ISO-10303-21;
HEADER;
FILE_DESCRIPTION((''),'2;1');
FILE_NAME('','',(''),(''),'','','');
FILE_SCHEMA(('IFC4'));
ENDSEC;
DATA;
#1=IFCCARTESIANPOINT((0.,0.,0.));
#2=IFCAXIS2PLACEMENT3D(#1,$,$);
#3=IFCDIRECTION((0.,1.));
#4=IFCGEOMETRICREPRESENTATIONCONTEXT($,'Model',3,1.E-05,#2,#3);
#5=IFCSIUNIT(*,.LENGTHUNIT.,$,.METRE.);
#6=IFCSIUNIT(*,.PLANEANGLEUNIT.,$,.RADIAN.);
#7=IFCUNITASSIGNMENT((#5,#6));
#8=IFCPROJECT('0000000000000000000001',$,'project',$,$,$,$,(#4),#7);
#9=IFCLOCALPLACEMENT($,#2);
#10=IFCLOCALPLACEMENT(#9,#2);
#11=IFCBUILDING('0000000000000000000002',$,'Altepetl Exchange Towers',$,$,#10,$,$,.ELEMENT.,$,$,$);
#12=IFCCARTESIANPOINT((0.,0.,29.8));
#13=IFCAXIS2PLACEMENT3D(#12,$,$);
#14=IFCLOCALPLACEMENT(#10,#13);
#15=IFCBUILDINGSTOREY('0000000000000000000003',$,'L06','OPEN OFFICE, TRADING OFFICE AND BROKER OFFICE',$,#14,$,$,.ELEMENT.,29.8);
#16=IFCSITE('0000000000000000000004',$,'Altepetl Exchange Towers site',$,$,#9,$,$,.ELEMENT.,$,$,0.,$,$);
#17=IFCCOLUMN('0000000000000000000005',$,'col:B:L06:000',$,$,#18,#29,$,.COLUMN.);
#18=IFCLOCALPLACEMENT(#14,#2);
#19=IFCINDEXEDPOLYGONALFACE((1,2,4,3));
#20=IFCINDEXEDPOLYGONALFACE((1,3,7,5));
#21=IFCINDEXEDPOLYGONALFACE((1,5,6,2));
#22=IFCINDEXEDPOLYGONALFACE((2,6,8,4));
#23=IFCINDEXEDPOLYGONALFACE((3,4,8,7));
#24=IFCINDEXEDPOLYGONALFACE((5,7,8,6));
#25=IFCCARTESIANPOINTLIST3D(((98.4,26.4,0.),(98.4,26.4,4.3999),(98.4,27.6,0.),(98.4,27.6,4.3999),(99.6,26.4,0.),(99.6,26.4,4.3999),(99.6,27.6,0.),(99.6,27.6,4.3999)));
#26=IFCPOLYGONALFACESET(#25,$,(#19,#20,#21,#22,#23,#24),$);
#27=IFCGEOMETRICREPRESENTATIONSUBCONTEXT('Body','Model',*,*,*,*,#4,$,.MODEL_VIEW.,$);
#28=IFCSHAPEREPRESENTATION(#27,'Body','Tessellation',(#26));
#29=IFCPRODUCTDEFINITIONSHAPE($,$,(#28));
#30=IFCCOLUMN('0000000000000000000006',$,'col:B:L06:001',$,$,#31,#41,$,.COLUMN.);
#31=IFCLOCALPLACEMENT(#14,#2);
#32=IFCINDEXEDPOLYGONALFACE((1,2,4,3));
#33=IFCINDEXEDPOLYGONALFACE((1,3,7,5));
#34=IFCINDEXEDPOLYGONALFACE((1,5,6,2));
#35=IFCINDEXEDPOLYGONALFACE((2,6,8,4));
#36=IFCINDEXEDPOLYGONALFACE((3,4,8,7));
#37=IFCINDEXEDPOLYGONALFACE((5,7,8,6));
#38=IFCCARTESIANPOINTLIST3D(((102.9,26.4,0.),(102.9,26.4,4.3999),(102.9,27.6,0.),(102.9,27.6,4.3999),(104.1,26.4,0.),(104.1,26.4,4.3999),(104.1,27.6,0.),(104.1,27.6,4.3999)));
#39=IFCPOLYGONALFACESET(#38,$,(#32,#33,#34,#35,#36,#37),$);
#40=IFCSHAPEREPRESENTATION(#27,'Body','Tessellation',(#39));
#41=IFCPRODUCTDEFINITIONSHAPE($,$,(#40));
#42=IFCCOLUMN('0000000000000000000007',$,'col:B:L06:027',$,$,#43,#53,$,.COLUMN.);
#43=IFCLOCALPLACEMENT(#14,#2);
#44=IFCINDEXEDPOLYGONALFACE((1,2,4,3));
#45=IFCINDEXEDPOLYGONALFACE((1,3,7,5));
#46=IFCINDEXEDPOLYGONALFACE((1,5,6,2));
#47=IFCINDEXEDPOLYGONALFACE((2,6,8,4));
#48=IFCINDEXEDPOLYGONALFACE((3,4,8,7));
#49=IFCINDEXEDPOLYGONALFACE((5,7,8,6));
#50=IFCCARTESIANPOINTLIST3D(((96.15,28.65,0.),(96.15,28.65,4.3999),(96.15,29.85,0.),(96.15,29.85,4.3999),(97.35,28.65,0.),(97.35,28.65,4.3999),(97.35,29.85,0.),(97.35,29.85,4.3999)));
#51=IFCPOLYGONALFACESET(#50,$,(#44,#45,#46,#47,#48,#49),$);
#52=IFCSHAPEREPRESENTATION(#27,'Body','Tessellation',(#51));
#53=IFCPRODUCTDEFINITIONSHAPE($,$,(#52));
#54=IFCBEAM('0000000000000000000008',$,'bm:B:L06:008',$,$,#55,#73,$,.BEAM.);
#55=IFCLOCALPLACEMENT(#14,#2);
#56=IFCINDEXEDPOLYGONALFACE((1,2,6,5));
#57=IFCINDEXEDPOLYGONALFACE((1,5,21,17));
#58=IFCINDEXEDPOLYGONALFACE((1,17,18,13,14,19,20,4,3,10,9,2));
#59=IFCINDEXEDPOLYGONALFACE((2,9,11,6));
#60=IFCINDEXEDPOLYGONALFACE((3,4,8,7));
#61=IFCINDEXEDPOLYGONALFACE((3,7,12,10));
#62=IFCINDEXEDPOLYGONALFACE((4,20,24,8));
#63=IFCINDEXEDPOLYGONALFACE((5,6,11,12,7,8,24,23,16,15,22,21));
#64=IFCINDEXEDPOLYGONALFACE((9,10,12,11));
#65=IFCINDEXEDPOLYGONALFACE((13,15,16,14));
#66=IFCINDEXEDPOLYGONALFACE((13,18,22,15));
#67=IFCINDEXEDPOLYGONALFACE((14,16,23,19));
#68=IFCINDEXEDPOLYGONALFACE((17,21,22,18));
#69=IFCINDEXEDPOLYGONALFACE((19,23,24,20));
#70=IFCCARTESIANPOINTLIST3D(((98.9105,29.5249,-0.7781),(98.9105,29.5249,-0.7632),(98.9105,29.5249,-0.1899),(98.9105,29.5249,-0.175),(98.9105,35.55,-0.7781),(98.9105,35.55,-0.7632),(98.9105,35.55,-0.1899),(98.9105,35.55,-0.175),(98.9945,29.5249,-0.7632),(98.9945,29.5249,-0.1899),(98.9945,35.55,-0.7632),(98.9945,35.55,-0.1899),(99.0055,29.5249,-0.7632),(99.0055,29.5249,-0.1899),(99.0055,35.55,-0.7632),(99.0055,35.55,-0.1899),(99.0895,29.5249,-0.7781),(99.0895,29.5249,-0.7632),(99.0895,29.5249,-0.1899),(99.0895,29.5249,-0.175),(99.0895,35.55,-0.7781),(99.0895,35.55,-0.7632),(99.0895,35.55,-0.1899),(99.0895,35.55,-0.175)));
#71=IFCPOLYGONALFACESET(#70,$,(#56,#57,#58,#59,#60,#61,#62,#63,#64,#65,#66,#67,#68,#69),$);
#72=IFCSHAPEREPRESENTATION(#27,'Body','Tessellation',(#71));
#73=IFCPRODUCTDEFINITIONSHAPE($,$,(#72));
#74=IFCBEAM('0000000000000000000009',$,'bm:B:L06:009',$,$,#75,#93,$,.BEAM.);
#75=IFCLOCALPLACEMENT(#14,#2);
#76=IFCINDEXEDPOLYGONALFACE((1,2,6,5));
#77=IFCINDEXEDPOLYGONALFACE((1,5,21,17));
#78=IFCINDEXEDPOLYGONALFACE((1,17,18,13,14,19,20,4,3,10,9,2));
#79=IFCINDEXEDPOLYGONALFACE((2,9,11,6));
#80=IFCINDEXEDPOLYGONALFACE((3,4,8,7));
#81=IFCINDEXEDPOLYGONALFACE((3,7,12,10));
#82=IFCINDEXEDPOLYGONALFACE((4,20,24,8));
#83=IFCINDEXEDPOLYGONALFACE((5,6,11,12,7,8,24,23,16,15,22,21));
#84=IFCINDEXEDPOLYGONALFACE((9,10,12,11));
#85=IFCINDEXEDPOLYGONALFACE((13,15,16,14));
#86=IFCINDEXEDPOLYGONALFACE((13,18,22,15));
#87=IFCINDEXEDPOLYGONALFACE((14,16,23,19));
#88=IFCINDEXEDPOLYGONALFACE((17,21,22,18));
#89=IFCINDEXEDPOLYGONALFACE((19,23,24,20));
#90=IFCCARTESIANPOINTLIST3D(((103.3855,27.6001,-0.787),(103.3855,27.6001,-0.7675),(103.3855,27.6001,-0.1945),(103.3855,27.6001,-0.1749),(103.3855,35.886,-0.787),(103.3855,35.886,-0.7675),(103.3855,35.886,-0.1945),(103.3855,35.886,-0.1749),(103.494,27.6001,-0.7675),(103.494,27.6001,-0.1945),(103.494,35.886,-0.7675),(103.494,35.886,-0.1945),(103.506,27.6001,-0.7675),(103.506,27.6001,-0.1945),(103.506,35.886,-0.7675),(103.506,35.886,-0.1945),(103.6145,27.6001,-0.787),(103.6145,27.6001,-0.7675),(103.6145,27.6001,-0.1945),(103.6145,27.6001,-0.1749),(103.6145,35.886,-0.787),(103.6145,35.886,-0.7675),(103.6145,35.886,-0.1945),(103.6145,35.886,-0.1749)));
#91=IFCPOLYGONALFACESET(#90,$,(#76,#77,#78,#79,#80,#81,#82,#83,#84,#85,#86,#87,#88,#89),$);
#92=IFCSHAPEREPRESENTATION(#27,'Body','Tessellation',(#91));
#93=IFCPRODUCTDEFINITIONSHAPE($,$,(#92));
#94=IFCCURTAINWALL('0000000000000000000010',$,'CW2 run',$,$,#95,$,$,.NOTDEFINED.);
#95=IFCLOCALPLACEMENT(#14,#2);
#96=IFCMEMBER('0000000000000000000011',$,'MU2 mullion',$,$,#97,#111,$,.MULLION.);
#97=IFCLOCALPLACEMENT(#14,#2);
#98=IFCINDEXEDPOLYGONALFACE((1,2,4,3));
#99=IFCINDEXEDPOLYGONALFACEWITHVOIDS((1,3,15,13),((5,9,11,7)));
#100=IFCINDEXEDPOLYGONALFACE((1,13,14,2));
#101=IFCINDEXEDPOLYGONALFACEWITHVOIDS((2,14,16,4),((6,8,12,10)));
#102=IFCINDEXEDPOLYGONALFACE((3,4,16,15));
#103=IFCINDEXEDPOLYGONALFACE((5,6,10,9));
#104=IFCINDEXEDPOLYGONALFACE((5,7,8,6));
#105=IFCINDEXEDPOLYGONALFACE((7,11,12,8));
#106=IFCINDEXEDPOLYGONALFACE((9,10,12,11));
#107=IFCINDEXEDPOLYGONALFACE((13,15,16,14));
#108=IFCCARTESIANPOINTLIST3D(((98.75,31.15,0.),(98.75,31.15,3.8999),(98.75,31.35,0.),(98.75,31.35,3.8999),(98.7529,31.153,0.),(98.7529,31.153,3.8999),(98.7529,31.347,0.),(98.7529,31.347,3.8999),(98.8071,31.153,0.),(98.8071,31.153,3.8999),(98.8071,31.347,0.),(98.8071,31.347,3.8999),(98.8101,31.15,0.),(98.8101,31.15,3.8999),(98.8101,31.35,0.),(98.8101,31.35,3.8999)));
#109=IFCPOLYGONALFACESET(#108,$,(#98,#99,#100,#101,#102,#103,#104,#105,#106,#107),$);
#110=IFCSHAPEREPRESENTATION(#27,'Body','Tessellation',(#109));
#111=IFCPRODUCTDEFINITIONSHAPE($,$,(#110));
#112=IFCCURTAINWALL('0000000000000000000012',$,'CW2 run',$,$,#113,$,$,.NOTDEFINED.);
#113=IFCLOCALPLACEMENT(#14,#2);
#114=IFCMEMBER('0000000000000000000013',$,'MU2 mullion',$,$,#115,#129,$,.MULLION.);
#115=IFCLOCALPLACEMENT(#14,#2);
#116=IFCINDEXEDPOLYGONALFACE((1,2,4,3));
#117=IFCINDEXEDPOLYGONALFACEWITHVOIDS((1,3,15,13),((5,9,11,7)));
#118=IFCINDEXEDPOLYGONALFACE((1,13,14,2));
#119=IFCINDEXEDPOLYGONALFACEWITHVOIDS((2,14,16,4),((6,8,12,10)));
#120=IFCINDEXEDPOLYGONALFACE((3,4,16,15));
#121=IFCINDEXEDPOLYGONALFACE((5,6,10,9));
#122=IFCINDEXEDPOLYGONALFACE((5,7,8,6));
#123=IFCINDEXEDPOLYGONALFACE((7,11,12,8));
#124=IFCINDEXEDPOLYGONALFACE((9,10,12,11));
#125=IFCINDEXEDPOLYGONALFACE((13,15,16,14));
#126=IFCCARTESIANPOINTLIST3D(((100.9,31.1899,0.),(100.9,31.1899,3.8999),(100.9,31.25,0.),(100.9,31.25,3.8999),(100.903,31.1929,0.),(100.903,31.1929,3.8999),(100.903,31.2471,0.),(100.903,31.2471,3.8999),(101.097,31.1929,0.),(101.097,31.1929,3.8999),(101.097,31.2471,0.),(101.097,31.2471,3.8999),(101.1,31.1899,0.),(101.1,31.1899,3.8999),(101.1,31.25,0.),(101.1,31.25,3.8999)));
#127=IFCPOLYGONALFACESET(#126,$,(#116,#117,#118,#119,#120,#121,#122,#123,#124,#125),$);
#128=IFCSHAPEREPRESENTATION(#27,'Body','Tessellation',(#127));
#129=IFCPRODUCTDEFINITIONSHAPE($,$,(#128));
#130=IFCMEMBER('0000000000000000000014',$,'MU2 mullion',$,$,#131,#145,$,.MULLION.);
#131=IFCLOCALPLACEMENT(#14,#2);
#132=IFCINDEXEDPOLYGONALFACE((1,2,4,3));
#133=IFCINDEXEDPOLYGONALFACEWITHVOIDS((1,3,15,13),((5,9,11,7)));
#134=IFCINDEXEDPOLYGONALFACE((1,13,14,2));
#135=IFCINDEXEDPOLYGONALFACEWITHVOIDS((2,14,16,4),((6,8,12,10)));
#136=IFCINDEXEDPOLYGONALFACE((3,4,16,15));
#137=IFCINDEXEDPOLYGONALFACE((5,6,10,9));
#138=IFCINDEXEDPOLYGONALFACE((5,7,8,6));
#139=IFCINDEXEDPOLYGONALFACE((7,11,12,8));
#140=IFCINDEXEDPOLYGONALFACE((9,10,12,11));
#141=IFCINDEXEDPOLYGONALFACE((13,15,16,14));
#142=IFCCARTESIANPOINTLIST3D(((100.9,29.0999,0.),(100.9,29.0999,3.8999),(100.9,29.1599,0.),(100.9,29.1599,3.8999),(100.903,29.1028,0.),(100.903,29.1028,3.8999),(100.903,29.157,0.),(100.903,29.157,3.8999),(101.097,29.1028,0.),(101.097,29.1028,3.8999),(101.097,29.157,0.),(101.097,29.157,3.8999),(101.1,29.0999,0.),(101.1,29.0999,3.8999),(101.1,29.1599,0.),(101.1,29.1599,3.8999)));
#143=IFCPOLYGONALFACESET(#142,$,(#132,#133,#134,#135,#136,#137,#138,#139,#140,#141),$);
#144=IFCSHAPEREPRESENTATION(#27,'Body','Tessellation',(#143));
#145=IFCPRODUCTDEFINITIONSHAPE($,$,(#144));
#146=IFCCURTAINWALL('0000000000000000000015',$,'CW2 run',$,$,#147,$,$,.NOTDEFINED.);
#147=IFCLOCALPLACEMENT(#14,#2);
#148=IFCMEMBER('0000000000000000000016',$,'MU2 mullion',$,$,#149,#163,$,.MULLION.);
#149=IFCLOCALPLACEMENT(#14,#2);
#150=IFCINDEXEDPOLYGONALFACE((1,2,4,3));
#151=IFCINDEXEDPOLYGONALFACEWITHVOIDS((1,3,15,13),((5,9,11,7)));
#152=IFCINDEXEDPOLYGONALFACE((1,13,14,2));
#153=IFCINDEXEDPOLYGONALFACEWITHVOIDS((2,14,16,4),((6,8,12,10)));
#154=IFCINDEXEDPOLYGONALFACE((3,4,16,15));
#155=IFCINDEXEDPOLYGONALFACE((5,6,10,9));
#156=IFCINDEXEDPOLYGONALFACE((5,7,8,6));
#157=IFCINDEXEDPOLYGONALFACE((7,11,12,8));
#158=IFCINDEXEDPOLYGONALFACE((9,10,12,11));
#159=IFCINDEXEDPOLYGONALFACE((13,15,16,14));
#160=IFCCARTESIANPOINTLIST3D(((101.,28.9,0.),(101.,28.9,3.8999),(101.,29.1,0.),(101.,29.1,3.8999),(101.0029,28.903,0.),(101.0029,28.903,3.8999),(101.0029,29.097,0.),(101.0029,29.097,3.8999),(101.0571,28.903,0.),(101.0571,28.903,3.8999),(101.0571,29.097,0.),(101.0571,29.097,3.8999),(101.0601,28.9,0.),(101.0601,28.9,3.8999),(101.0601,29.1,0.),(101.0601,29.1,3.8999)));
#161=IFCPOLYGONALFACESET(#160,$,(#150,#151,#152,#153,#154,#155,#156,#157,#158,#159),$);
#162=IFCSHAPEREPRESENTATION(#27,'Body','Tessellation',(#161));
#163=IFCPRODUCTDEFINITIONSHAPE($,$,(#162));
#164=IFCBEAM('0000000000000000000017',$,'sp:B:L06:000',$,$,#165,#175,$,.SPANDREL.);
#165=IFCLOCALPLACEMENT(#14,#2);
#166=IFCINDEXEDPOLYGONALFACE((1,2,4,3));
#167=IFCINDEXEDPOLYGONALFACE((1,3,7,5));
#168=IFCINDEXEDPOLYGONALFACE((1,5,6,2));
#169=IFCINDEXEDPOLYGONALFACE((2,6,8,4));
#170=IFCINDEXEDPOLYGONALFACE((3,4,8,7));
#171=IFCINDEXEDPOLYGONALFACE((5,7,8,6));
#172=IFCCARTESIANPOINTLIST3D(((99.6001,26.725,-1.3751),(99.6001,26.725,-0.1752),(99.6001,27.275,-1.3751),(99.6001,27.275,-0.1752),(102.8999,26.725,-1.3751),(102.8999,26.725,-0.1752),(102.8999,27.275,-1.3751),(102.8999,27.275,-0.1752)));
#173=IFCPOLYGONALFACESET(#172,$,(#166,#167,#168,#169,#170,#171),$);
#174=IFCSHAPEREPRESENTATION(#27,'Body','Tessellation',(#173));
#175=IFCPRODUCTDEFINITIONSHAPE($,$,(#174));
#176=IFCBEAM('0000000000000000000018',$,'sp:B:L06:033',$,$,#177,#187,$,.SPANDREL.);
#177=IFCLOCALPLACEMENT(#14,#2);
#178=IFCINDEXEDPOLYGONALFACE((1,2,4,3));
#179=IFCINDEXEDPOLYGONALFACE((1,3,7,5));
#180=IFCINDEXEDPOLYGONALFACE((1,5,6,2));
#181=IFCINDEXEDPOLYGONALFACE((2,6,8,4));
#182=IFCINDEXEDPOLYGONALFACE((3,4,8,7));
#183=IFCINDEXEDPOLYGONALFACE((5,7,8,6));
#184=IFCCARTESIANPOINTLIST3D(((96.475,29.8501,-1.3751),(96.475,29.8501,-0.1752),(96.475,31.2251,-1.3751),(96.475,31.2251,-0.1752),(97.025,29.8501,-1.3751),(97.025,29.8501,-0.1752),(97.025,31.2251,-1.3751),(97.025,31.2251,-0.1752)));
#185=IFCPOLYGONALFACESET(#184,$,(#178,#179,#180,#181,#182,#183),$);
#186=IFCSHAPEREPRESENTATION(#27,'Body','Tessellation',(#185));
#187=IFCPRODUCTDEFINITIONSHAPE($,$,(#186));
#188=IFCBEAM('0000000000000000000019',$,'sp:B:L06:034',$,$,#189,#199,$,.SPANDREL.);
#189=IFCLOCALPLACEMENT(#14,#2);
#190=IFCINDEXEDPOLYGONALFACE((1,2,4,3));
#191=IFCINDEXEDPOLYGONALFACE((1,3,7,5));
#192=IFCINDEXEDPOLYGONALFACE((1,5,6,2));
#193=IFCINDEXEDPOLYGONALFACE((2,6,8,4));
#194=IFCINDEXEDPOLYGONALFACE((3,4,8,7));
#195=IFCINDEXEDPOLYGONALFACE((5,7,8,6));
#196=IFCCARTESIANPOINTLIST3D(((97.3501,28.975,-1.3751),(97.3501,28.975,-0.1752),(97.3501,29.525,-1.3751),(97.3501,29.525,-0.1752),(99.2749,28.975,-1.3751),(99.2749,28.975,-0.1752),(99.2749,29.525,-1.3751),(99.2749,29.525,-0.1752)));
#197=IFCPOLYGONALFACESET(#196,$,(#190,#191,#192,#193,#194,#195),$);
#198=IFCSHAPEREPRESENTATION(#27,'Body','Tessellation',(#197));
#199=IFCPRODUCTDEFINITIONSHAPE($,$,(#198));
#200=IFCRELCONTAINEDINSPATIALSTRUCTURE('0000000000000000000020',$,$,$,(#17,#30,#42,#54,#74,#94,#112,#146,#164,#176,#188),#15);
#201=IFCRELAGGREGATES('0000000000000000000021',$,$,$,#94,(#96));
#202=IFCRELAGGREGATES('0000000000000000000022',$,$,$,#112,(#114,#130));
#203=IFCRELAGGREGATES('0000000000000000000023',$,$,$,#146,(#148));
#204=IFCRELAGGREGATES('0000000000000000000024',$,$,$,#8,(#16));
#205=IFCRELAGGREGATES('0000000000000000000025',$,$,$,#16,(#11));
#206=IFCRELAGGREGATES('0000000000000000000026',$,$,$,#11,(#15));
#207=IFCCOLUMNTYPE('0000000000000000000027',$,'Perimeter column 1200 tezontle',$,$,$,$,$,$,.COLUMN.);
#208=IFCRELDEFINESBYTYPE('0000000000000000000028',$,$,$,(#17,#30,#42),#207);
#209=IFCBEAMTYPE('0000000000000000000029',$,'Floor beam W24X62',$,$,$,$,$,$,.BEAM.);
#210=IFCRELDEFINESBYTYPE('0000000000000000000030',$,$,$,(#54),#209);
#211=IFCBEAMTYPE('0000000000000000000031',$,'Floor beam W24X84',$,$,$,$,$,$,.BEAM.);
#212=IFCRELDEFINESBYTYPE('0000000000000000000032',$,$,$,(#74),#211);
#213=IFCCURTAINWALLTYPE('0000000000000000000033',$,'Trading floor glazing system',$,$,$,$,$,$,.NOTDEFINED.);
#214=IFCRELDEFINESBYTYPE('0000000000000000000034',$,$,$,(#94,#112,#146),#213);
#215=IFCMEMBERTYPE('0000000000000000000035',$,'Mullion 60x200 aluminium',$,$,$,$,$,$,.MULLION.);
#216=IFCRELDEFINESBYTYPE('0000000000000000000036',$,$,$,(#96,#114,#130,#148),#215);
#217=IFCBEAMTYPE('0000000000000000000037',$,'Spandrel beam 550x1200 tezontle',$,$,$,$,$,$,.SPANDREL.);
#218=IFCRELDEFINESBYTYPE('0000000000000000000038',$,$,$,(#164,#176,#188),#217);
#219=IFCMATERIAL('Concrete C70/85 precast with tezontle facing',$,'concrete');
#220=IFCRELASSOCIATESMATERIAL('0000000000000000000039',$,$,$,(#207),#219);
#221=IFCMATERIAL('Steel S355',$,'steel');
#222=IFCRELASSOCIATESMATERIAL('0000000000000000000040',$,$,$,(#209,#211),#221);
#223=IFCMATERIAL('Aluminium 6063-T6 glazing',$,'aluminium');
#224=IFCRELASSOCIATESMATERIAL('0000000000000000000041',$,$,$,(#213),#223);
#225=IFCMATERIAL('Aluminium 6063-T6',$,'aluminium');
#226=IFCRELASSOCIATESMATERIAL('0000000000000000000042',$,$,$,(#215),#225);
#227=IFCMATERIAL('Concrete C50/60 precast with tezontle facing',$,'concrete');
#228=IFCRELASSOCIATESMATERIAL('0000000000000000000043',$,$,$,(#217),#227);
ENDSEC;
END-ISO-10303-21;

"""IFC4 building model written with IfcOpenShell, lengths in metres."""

from ifc_helpers import new_model, si_unit, direction, frame, origin, origin_2d, place, context, subcontext, project, spatial, rectangle, hollow_rectangle, i_section, extrude, material, material_profile, profile_set, type_object, element, aggregate, save


model = new_model("IFC4")

# Units and contexts
model_context = context("Model", 3, precision=1e-05, world=origin(), true_north=direction((0.0, 1.0)))
body_context = subcontext(model_context, "Body", "Model", "MODEL_VIEW")
ifc_project = project(units=[si_unit("LENGTHUNIT", "METRE"), si_unit("PLANEANGLEUNIT", "RADIAN")], contexts=[model_context])

# Site, building, storey
site_placement = place(None, origin())
site = spatial("IfcSite", under=ifc_project, at=site_placement, Name="Altepetl Exchange Towers site", CompositionType="ELEMENT", RefElevation=0.0)
building_placement = place(site_placement, origin())
building = spatial("IfcBuilding", under=site, at=building_placement, Name="Altepetl Exchange Towers", CompositionType="ELEMENT")
storey_placement = place(building_placement, frame((0.0, 0.0, 29.8)))
storey = spatial("IfcBuildingStorey", under=building, at=storey_placement, Name="L06", Description="OPEN OFFICE, TRADING OFFICE AND BROKER OFFICE", CompositionType="ELEMENT", Elevation=29.8)

# Columns
ifc_material_1 = material(Name="Concrete C70/85 precast with tezontle facing", Category="concrete")
ifc_material_profile_1 = material_profile(ifc_material_1, rectangle(XDim=1.2, YDim=1.2, at=origin_2d()), Name="1200 x 1200")
ifc_profile_set_1 = profile_set([ifc_material_profile_1], Name="Concrete C70/85 precast with tezontle facing")
column_type = type_object("IfcColumnType", Name="Perimeter column 1200 tezontle", PredefinedType="COLUMN", material=ifc_profile_set_1)
for number, where, name in (
    (1, (99.0, 27.0, 0.0), "col:B:L06:000"),
    (2, (103.5, 27.0, 0.0), "col:B:L06:001"),
    (3, (96.75, 29.25, 0.0), "col:B:L06:027"),
):
    element("IfcColumn", number, at=place(storey_placement, frame(where)), inside=storey, type_object=column_type, Name=name, PredefinedType="COLUMN", context=body_context, shape_type="SweptSolid", body=[
        extrude(rectangle(XDim=1.2, YDim=1.2, at=origin_2d()), origin(), (0.0, 0.0, 1.0), 4.3999),
    ])

# Beams
ifc_material_2 = material(Name="Steel S355", Category="steel")
ifc_material_profile_2 = material_profile(ifc_material_2, i_section(OverallWidth=0.179, OverallDepth=0.603, WebThickness=0.011, FlangeThickness=0.0149, at=origin_2d()), Name="W24X62")
ifc_profile_set_2 = profile_set([ifc_material_profile_2], Name="Steel S355")
beam_type_1 = type_object("IfcBeamType", Name="Floor beam W24X62", PredefinedType="BEAM", material=ifc_profile_set_2)
beam_1_placement = place(storey_placement, frame((99.0, 29.5249, -0.4766), z_axis=(0.0, 1.0, 0.0), x_axis=(-1.0, 0.0, 0.0)))
element("IfcBeam", 4, at=beam_1_placement, inside=storey, type_object=beam_type_1, Name="bm:B:L06:008", PredefinedType="BEAM", context=body_context, shape_type="SweptSolid", body=[
    extrude(i_section(OverallWidth=0.179, OverallDepth=0.603, WebThickness=0.011, FlangeThickness=0.0149, at=origin_2d()), origin(), (0.0, 0.0, 1.0), 6.0251),
])
ifc_material_profile_3 = material_profile(ifc_material_2, i_section(OverallWidth=0.229, OverallDepth=0.6121, WebThickness=0.012, FlangeThickness=0.0195, at=origin_2d()), Name="W24X84")
ifc_profile_set_3 = profile_set([ifc_material_profile_3], Name="Steel S355")
beam_type_2 = type_object("IfcBeamType", Name="Floor beam W24X84", PredefinedType="BEAM", material=ifc_profile_set_3)
beam_2_placement = place(storey_placement, frame((103.5, 27.6001, -0.481), z_axis=(0.0, 1.0, 0.0), x_axis=(-1.0, 0.0, 0.0)))
element("IfcBeam", 5, at=beam_2_placement, inside=storey, type_object=beam_type_2, Name="bm:B:L06:009", PredefinedType="BEAM", context=body_context, shape_type="SweptSolid", body=[
    extrude(i_section(OverallWidth=0.229, OverallDepth=0.6121, WebThickness=0.012, FlangeThickness=0.0195, at=origin_2d()), origin(), (0.0, 0.0, 1.0), 8.2859),
])

# Curtain wall, member
ifc_material_3 = material(Name="Aluminium 6063-T6 glazing", Category="aluminium")
curtain_wall_type = type_object("IfcCurtainWallType", Name="Trading floor glazing system", PredefinedType="NOTDEFINED", material=ifc_material_3)
curtain_wall_1_placement = place(storey_placement, origin())
curtain_wall_1 = element("IfcCurtainWall", 6, at=curtain_wall_1_placement, inside=storey, type_object=curtain_wall_type, Name="CW2 run", PredefinedType="NOTDEFINED")
ifc_material_4 = material(Name="Aluminium 6063-T6", Category="aluminium")
ifc_material_profile_4 = material_profile(ifc_material_4, hollow_rectangle(XDim=0.0601, YDim=0.2, WallThickness=0.0029, at=origin_2d()), Name="Mullion 60x200 aluminium")
ifc_profile_set_4 = profile_set([ifc_material_profile_4], Name="Aluminium 6063-T6")
member_type = type_object("IfcMemberType", Name="Mullion 60x200 aluminium", PredefinedType="MULLION", material=ifc_profile_set_4)
member_1_placement = place(storey_placement, frame((98.78, 31.25, 0.0)))
member_1 = element("IfcMember", 7, at=member_1_placement, type_object=member_type, Name="MU2 mullion", PredefinedType="MULLION", context=body_context, shape_type="SweptSolid", body=[
    extrude(hollow_rectangle(XDim=0.0601, YDim=0.2, WallThickness=0.0029, at=origin_2d()), origin(), (0.0, 0.0, 1.0), 3.8999),
])

# Curtain wall, members
curtain_wall_2_placement = place(storey_placement, origin())
curtain_wall_2 = element("IfcCurtainWall", 8, at=curtain_wall_2_placement, inside=storey, type_object=curtain_wall_type, Name="CW2 run", PredefinedType="NOTDEFINED")
member_2_placement = place(storey_placement, frame((101.0, 31.22, 0.0), z_axis=(0.0, 0.0, 1.0), x_axis=(0.0, -1.0, 0.0)))
member_2 = element("IfcMember", 9, at=member_2_placement, type_object=member_type, Name="MU2 mullion", PredefinedType="MULLION", context=body_context, shape_type="SweptSolid", body=[
    extrude(hollow_rectangle(XDim=0.0601, YDim=0.2, WallThickness=0.0029, at=origin_2d()), origin(), (0.0, 0.0, 1.0), 3.8999),
])
member_3_placement = place(storey_placement, frame((101.0, 29.1299, 0.0), z_axis=(0.0, 0.0, 1.0), x_axis=(0.0, -1.0, 0.0)))
member_3 = element("IfcMember", 10, at=member_3_placement, type_object=member_type, Name="MU2 mullion", PredefinedType="MULLION", context=body_context, shape_type="SweptSolid", body=[
    extrude(hollow_rectangle(XDim=0.0601, YDim=0.2, WallThickness=0.0029, at=origin_2d()), origin(), (0.0, 0.0, 1.0), 3.8999),
])

# Curtain wall, member
curtain_wall_3_placement = place(storey_placement, origin())
curtain_wall_3 = element("IfcCurtainWall", 11, at=curtain_wall_3_placement, inside=storey, type_object=curtain_wall_type, Name="CW2 run", PredefinedType="NOTDEFINED")
member_4_placement = place(storey_placement, frame((101.03, 29.0, 0.0)))
member_4 = element("IfcMember", 12, at=member_4_placement, type_object=member_type, Name="MU2 mullion", PredefinedType="MULLION", context=body_context, shape_type="SweptSolid", body=[
    extrude(hollow_rectangle(XDim=0.0601, YDim=0.2, WallThickness=0.0029, at=origin_2d()), origin(), (0.0, 0.0, 1.0), 3.8999),
])

# Beams
ifc_material_5 = material(Name="Concrete C50/60 precast with tezontle facing", Category="concrete")
ifc_material_profile_5 = material_profile(ifc_material_5, rectangle(XDim=0.55, YDim=1.2, at=origin_2d()), Name="550 x 1200")
ifc_profile_set_5 = profile_set([ifc_material_profile_5], Name="Concrete C50/60 precast with tezontle facing")
beam_type_3 = type_object("IfcBeamType", Name="Spandrel beam 550x1200 tezontle", PredefinedType="SPANDREL", material=ifc_profile_set_5)
beam_3_placement = place(storey_placement, frame((99.6001, 27.0, -0.7751), z_axis=(1.0, 0.0, 0.0), x_axis=(0.0, 1.0, 0.0)))
element("IfcBeam", 13, at=beam_3_placement, inside=storey, type_object=beam_type_3, Name="sp:B:L06:000", PredefinedType="SPANDREL", context=body_context, shape_type="SweptSolid", body=[
    extrude(rectangle(XDim=0.55, YDim=1.2, at=origin_2d()), origin(), (0.0, 0.0, 1.0), 3.2998),
])
beam_4_placement = place(storey_placement, frame((96.75, 31.2251, -0.7751), z_axis=(0.0, -1.0, 0.0), x_axis=(1.0, 0.0, 0.0)))
element("IfcBeam", 14, at=beam_4_placement, inside=storey, type_object=beam_type_3, Name="sp:B:L06:033", PredefinedType="SPANDREL", context=body_context, shape_type="SweptSolid", body=[
    extrude(rectangle(XDim=0.55, YDim=1.2, at=origin_2d()), origin(), (0.0, 0.0, 1.0), 1.375),
])
beam_5_placement = place(storey_placement, frame((97.3501, 29.25, -0.7751), z_axis=(1.0, 0.0, 0.0), x_axis=(0.0, 1.0, 0.0)))
element("IfcBeam", 15, at=beam_5_placement, inside=storey, type_object=beam_type_3, Name="sp:B:L06:034", PredefinedType="SPANDREL", context=body_context, shape_type="SweptSolid", body=[
    extrude(rectangle(XDim=0.55, YDim=1.2, at=origin_2d()), origin(), (0.0, 0.0, 1.0), 1.9248),
])

aggregate(curtain_wall_1, [member_1])
aggregate(curtain_wall_2, [member_2, member_3])
aggregate(curtain_wall_3, [member_4])

save(model, "model.ifc")
